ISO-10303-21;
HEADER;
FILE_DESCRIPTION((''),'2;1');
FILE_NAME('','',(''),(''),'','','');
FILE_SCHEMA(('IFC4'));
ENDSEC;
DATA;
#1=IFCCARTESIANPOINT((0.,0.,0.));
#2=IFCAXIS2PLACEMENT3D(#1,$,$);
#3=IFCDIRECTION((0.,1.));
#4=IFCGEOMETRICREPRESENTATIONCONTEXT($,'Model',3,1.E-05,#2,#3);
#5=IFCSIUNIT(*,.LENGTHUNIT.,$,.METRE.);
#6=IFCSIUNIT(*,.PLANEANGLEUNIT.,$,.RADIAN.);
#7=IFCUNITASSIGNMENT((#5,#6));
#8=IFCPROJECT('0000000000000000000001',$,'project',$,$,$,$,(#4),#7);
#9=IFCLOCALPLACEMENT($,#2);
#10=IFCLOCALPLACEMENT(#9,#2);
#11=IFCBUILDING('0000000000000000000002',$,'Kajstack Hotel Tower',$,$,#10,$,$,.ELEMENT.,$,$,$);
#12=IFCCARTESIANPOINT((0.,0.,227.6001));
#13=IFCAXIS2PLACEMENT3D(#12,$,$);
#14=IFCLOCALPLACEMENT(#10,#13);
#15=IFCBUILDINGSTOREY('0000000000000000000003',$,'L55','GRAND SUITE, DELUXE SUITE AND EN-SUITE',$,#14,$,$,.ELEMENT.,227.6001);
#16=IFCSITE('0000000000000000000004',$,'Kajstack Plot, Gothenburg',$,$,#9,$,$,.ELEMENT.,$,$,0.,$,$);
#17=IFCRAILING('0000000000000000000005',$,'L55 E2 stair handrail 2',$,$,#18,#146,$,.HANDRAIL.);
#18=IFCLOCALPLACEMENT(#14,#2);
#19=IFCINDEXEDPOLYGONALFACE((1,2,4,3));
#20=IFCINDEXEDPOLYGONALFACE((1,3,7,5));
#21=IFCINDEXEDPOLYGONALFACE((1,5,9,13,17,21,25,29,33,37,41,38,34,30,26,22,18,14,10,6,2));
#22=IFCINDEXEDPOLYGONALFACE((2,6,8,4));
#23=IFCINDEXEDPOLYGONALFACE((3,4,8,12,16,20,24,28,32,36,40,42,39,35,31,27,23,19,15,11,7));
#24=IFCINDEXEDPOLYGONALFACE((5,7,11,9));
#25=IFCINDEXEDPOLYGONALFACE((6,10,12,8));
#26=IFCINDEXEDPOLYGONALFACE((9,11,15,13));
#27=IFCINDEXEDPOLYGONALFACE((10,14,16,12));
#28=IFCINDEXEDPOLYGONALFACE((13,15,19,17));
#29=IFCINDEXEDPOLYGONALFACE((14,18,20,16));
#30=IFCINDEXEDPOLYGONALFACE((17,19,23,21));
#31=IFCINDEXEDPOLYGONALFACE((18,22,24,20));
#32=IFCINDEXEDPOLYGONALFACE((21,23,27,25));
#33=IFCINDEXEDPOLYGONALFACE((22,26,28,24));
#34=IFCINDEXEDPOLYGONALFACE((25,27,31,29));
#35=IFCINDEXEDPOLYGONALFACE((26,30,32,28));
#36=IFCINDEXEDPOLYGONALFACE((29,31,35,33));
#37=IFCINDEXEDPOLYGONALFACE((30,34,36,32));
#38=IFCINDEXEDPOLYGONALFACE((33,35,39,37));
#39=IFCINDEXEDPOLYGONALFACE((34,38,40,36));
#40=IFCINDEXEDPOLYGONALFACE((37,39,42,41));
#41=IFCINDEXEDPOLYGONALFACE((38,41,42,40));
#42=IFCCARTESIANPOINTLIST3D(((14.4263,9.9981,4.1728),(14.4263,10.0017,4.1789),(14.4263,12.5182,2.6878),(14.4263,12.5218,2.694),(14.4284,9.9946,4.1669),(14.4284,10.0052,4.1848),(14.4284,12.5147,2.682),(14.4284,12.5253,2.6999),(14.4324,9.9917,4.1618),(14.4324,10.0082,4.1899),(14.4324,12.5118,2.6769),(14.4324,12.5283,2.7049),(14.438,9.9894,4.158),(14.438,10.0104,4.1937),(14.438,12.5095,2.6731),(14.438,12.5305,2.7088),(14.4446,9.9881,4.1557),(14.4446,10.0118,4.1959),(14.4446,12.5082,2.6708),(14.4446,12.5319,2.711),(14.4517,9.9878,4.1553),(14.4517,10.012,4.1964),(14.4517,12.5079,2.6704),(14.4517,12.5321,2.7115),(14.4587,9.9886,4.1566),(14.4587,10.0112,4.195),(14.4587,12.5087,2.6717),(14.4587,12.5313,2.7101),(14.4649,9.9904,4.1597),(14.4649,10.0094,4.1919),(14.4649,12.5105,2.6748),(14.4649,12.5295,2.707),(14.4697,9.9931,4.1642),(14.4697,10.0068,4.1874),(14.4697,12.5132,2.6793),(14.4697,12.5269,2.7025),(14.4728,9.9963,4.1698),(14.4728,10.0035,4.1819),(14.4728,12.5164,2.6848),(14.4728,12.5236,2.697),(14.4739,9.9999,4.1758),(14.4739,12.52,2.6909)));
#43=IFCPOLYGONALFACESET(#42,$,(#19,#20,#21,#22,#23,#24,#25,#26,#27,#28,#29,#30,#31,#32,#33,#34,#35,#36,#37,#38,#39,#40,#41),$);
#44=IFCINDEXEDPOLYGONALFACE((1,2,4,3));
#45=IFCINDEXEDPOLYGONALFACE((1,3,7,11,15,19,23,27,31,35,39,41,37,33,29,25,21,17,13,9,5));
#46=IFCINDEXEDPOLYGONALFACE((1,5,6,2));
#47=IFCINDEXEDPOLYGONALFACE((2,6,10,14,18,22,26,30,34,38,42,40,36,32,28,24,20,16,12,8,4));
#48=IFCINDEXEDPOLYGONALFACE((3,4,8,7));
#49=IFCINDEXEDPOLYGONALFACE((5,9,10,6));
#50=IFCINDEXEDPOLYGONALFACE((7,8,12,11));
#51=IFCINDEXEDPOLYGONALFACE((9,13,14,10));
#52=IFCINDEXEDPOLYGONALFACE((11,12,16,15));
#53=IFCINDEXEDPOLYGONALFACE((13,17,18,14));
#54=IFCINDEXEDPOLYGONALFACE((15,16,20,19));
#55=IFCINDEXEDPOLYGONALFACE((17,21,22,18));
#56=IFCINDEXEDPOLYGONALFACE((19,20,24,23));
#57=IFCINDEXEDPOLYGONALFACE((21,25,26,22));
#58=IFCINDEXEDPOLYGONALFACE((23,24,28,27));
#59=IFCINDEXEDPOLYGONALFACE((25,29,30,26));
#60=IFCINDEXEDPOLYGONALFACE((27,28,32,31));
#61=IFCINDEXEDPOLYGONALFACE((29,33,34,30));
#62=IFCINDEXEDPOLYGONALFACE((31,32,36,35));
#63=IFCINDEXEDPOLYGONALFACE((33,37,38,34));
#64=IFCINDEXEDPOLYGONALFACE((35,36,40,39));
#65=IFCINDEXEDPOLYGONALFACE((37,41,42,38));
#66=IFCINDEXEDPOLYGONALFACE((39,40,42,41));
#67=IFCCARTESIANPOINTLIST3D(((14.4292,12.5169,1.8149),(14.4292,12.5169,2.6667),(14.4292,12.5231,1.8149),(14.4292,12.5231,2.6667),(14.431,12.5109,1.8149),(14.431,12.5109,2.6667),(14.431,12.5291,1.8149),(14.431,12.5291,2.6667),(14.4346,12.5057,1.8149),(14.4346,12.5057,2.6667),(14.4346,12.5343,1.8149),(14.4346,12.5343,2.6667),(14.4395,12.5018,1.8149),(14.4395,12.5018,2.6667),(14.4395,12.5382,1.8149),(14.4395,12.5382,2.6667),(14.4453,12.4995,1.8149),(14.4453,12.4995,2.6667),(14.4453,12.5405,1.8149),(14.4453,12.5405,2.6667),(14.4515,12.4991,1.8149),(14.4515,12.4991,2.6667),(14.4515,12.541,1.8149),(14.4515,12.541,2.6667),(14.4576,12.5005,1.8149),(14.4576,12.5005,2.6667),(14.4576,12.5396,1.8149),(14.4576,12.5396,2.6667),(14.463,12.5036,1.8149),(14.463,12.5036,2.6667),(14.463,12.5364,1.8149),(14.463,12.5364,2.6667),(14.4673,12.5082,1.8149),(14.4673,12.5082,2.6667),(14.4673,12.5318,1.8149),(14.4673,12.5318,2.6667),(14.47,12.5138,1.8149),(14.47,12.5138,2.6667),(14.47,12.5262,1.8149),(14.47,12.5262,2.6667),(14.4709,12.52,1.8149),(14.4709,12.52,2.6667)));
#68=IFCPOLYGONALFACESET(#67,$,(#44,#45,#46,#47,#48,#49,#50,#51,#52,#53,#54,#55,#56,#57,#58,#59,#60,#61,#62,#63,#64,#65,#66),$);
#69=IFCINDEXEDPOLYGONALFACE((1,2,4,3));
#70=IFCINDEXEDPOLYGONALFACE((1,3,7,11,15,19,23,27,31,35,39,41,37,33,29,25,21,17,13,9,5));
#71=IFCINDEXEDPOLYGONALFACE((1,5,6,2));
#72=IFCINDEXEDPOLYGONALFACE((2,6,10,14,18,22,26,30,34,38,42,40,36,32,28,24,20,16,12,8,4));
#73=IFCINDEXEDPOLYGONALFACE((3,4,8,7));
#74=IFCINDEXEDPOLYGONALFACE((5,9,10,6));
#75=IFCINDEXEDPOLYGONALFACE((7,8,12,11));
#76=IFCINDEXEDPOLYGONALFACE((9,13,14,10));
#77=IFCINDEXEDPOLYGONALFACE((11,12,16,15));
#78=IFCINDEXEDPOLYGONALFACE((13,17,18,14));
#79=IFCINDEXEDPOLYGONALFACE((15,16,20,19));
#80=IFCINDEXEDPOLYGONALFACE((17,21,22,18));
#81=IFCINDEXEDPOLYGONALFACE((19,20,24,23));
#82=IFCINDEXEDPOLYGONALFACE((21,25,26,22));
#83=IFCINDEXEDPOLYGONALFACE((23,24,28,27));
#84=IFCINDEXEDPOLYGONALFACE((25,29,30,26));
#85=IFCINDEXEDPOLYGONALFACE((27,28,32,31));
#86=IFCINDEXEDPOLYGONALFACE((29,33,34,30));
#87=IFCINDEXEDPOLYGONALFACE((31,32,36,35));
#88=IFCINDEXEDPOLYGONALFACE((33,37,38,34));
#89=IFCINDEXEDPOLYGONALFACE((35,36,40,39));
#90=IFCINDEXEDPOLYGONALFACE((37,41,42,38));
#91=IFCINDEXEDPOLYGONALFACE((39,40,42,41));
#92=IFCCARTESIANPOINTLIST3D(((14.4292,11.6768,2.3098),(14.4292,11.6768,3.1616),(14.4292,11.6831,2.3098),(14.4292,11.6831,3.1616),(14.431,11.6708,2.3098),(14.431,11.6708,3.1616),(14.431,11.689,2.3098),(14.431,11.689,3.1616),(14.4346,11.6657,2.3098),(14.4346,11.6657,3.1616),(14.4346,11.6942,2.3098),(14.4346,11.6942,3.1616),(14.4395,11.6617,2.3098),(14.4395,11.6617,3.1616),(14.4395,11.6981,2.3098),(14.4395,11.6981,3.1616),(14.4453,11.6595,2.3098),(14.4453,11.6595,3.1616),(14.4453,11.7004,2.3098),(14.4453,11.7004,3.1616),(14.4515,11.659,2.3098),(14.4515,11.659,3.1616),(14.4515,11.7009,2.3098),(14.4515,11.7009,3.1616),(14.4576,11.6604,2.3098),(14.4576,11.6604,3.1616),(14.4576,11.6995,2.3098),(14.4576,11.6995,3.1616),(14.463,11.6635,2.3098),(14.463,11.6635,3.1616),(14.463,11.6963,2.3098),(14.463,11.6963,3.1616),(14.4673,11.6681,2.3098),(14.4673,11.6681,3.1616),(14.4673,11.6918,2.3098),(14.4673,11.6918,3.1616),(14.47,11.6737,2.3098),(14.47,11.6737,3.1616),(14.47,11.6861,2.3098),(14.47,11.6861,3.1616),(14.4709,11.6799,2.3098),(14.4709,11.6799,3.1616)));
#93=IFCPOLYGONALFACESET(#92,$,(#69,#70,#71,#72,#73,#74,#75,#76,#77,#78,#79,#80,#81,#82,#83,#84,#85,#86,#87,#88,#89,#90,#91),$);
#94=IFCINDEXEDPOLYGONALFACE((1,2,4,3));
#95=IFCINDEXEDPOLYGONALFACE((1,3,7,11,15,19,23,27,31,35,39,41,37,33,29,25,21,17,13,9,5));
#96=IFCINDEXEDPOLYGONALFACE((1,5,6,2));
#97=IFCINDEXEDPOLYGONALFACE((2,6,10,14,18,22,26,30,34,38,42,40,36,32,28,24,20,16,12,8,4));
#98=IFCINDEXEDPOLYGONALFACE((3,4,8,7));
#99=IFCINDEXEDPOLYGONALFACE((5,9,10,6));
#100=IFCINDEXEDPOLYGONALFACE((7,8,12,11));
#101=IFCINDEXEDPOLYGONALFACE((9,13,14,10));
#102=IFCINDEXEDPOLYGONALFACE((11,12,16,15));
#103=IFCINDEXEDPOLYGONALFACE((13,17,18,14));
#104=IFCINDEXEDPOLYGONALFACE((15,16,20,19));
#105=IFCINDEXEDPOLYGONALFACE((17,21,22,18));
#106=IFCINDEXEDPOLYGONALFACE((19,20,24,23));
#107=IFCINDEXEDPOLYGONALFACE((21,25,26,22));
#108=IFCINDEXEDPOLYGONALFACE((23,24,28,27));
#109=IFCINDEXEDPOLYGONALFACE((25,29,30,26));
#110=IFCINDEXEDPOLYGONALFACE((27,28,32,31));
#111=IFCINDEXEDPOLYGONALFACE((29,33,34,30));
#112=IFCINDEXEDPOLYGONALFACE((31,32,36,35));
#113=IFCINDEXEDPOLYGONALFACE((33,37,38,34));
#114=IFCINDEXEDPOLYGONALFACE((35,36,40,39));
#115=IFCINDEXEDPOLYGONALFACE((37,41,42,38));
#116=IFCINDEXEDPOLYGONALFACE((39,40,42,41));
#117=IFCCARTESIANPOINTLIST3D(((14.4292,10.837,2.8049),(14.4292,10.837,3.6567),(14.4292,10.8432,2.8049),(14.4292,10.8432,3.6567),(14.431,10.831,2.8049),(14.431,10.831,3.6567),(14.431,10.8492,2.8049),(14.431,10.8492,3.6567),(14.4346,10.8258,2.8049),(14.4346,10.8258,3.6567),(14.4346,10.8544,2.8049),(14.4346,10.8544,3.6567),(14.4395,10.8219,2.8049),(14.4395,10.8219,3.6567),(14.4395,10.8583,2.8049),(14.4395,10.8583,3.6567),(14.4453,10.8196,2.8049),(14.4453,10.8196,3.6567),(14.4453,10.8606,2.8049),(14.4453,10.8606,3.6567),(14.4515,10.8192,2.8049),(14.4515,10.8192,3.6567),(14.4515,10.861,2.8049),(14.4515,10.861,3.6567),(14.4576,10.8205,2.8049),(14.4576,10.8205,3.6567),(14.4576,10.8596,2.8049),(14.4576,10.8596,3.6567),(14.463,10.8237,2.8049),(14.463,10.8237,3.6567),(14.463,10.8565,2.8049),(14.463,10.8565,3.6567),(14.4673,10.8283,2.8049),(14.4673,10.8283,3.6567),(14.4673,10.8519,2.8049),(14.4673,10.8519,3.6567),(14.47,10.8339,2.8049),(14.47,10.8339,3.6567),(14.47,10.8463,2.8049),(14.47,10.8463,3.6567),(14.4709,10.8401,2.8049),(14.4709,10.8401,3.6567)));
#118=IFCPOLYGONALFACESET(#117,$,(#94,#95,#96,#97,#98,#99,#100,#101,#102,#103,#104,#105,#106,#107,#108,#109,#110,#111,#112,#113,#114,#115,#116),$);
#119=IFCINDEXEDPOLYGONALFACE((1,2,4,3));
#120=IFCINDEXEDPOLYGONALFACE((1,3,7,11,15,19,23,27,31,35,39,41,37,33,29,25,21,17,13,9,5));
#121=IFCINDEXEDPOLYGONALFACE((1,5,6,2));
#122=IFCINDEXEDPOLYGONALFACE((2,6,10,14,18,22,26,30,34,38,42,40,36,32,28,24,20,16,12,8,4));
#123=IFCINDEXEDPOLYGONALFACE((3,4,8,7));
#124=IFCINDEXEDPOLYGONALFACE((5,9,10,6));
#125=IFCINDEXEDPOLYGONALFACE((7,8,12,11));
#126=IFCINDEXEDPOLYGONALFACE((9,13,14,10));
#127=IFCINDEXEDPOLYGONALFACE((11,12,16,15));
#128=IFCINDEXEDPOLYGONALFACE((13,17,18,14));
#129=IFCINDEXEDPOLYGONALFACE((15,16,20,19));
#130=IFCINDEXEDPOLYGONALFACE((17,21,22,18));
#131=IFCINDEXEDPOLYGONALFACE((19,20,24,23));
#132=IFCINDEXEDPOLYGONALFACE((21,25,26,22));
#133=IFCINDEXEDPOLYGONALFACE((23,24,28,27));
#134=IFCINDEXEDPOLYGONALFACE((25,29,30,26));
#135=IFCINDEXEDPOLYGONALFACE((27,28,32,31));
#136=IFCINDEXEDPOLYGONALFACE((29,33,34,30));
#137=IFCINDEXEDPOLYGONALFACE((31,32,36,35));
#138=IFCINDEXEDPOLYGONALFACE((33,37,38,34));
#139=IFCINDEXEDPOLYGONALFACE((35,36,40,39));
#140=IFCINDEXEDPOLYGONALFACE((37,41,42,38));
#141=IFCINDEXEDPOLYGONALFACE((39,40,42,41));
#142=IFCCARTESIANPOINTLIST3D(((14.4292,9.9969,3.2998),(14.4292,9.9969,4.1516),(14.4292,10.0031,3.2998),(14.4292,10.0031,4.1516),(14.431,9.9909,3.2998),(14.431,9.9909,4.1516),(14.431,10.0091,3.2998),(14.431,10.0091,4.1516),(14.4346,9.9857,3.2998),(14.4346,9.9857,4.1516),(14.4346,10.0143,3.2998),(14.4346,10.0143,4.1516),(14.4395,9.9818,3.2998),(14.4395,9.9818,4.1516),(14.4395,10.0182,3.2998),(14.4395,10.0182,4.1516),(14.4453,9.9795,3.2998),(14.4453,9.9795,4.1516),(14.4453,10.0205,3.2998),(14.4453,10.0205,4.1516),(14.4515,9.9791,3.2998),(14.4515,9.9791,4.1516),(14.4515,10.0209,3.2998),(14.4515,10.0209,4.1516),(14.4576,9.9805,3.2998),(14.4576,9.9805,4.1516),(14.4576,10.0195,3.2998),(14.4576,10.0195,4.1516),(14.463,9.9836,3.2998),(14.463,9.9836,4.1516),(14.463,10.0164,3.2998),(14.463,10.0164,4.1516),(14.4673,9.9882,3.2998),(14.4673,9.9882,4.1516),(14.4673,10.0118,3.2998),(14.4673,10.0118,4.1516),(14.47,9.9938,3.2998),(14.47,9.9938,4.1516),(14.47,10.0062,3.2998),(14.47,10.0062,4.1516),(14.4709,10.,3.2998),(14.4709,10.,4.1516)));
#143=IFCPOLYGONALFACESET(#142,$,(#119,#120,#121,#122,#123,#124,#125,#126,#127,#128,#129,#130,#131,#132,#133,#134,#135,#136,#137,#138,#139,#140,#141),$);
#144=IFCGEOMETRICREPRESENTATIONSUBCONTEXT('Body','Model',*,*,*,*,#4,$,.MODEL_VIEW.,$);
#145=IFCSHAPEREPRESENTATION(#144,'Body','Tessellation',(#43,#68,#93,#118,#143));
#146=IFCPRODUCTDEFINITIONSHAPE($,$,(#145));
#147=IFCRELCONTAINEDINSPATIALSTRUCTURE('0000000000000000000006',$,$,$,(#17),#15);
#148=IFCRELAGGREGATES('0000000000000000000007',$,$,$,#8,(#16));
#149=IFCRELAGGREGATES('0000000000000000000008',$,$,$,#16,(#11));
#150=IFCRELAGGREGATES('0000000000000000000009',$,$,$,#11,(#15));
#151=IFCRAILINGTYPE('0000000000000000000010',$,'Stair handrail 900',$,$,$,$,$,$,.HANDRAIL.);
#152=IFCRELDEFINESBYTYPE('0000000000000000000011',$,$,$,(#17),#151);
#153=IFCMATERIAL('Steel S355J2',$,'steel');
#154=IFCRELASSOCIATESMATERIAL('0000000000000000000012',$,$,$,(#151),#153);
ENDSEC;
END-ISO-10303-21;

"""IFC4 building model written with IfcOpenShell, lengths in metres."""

from ifc_helpers import new_model, si_unit, direction, frame, origin, origin_2d, place, context, subcontext, project, spatial, circle, extrude, material, type_object, element, save


model = new_model("IFC4")

# Units and contexts
model_context = context("Model", 3, precision=1e-05, world=origin(), true_north=direction((0.0, 1.0)))
body_context = subcontext(model_context, "Body", "Model", "MODEL_VIEW")
ifc_project = project(units=[si_unit("LENGTHUNIT", "METRE"), si_unit("PLANEANGLEUNIT", "RADIAN")], contexts=[model_context])

# Site, building, storey
site_placement = place(None, origin())
site = spatial("IfcSite", under=ifc_project, at=site_placement, Name="Kajstack Plot, Gothenburg", CompositionType="ELEMENT", RefElevation=0.0)
building_placement = place(site_placement, origin())
building = spatial("IfcBuilding", under=site, at=building_placement, Name="Kajstack Hotel Tower", CompositionType="ELEMENT")
storey_placement = place(building_placement, frame((0.0, 0.0, 227.6001)))
storey = spatial("IfcBuildingStorey", under=building, at=storey_placement, Name="L55", Description="GRAND SUITE, DELUXE SUITE AND EN-SUITE", CompositionType="ELEMENT", Elevation=227.6001)

# Railing
ifc_material_1 = material(Name="Steel S355J2", Category="steel")
railing_type = type_object("IfcRailingType", Name="Stair handrail 900", PredefinedType="HANDRAIL", material=ifc_material_1)
railing_placement = place(storey_placement, frame((14.45, 12.52, 1.8149)))
element("IfcRailing", 1, at=railing_placement, inside=storey, type_object=railing_type, Name="L55 E2 stair handrail 2", PredefinedType="HANDRAIL", context=body_context, shape_type="SweptSolid", body=[
    extrude(circle(Radius=0.0239, at=origin_2d()), frame((0.0, 0.0, 0.876), z_axis=(0.0, -0.861561, 0.507655), x_axis=(1.0, 0.0, 0.0)), (0.0, 0.0, 1.0), 2.925),
    extrude(circle(Radius=0.021, at=origin_2d()), origin(), (0.0, 0.0, 1.0), 0.8518),
    extrude(circle(Radius=0.021, at=origin_2d()), frame((0.0, -0.8401, 0.4949)), (0.0, 0.0, 1.0), 0.8518),
    extrude(circle(Radius=0.021, at=origin_2d()), frame((0.0, -1.6799, 0.99)), (0.0, 0.0, 1.0), 0.8518),
    extrude(circle(Radius=0.021, at=origin_2d()), frame((0.0, -2.52, 1.4849)), (0.0, 0.0, 1.0), 0.8518),
])

save(model, "model.ifc")
